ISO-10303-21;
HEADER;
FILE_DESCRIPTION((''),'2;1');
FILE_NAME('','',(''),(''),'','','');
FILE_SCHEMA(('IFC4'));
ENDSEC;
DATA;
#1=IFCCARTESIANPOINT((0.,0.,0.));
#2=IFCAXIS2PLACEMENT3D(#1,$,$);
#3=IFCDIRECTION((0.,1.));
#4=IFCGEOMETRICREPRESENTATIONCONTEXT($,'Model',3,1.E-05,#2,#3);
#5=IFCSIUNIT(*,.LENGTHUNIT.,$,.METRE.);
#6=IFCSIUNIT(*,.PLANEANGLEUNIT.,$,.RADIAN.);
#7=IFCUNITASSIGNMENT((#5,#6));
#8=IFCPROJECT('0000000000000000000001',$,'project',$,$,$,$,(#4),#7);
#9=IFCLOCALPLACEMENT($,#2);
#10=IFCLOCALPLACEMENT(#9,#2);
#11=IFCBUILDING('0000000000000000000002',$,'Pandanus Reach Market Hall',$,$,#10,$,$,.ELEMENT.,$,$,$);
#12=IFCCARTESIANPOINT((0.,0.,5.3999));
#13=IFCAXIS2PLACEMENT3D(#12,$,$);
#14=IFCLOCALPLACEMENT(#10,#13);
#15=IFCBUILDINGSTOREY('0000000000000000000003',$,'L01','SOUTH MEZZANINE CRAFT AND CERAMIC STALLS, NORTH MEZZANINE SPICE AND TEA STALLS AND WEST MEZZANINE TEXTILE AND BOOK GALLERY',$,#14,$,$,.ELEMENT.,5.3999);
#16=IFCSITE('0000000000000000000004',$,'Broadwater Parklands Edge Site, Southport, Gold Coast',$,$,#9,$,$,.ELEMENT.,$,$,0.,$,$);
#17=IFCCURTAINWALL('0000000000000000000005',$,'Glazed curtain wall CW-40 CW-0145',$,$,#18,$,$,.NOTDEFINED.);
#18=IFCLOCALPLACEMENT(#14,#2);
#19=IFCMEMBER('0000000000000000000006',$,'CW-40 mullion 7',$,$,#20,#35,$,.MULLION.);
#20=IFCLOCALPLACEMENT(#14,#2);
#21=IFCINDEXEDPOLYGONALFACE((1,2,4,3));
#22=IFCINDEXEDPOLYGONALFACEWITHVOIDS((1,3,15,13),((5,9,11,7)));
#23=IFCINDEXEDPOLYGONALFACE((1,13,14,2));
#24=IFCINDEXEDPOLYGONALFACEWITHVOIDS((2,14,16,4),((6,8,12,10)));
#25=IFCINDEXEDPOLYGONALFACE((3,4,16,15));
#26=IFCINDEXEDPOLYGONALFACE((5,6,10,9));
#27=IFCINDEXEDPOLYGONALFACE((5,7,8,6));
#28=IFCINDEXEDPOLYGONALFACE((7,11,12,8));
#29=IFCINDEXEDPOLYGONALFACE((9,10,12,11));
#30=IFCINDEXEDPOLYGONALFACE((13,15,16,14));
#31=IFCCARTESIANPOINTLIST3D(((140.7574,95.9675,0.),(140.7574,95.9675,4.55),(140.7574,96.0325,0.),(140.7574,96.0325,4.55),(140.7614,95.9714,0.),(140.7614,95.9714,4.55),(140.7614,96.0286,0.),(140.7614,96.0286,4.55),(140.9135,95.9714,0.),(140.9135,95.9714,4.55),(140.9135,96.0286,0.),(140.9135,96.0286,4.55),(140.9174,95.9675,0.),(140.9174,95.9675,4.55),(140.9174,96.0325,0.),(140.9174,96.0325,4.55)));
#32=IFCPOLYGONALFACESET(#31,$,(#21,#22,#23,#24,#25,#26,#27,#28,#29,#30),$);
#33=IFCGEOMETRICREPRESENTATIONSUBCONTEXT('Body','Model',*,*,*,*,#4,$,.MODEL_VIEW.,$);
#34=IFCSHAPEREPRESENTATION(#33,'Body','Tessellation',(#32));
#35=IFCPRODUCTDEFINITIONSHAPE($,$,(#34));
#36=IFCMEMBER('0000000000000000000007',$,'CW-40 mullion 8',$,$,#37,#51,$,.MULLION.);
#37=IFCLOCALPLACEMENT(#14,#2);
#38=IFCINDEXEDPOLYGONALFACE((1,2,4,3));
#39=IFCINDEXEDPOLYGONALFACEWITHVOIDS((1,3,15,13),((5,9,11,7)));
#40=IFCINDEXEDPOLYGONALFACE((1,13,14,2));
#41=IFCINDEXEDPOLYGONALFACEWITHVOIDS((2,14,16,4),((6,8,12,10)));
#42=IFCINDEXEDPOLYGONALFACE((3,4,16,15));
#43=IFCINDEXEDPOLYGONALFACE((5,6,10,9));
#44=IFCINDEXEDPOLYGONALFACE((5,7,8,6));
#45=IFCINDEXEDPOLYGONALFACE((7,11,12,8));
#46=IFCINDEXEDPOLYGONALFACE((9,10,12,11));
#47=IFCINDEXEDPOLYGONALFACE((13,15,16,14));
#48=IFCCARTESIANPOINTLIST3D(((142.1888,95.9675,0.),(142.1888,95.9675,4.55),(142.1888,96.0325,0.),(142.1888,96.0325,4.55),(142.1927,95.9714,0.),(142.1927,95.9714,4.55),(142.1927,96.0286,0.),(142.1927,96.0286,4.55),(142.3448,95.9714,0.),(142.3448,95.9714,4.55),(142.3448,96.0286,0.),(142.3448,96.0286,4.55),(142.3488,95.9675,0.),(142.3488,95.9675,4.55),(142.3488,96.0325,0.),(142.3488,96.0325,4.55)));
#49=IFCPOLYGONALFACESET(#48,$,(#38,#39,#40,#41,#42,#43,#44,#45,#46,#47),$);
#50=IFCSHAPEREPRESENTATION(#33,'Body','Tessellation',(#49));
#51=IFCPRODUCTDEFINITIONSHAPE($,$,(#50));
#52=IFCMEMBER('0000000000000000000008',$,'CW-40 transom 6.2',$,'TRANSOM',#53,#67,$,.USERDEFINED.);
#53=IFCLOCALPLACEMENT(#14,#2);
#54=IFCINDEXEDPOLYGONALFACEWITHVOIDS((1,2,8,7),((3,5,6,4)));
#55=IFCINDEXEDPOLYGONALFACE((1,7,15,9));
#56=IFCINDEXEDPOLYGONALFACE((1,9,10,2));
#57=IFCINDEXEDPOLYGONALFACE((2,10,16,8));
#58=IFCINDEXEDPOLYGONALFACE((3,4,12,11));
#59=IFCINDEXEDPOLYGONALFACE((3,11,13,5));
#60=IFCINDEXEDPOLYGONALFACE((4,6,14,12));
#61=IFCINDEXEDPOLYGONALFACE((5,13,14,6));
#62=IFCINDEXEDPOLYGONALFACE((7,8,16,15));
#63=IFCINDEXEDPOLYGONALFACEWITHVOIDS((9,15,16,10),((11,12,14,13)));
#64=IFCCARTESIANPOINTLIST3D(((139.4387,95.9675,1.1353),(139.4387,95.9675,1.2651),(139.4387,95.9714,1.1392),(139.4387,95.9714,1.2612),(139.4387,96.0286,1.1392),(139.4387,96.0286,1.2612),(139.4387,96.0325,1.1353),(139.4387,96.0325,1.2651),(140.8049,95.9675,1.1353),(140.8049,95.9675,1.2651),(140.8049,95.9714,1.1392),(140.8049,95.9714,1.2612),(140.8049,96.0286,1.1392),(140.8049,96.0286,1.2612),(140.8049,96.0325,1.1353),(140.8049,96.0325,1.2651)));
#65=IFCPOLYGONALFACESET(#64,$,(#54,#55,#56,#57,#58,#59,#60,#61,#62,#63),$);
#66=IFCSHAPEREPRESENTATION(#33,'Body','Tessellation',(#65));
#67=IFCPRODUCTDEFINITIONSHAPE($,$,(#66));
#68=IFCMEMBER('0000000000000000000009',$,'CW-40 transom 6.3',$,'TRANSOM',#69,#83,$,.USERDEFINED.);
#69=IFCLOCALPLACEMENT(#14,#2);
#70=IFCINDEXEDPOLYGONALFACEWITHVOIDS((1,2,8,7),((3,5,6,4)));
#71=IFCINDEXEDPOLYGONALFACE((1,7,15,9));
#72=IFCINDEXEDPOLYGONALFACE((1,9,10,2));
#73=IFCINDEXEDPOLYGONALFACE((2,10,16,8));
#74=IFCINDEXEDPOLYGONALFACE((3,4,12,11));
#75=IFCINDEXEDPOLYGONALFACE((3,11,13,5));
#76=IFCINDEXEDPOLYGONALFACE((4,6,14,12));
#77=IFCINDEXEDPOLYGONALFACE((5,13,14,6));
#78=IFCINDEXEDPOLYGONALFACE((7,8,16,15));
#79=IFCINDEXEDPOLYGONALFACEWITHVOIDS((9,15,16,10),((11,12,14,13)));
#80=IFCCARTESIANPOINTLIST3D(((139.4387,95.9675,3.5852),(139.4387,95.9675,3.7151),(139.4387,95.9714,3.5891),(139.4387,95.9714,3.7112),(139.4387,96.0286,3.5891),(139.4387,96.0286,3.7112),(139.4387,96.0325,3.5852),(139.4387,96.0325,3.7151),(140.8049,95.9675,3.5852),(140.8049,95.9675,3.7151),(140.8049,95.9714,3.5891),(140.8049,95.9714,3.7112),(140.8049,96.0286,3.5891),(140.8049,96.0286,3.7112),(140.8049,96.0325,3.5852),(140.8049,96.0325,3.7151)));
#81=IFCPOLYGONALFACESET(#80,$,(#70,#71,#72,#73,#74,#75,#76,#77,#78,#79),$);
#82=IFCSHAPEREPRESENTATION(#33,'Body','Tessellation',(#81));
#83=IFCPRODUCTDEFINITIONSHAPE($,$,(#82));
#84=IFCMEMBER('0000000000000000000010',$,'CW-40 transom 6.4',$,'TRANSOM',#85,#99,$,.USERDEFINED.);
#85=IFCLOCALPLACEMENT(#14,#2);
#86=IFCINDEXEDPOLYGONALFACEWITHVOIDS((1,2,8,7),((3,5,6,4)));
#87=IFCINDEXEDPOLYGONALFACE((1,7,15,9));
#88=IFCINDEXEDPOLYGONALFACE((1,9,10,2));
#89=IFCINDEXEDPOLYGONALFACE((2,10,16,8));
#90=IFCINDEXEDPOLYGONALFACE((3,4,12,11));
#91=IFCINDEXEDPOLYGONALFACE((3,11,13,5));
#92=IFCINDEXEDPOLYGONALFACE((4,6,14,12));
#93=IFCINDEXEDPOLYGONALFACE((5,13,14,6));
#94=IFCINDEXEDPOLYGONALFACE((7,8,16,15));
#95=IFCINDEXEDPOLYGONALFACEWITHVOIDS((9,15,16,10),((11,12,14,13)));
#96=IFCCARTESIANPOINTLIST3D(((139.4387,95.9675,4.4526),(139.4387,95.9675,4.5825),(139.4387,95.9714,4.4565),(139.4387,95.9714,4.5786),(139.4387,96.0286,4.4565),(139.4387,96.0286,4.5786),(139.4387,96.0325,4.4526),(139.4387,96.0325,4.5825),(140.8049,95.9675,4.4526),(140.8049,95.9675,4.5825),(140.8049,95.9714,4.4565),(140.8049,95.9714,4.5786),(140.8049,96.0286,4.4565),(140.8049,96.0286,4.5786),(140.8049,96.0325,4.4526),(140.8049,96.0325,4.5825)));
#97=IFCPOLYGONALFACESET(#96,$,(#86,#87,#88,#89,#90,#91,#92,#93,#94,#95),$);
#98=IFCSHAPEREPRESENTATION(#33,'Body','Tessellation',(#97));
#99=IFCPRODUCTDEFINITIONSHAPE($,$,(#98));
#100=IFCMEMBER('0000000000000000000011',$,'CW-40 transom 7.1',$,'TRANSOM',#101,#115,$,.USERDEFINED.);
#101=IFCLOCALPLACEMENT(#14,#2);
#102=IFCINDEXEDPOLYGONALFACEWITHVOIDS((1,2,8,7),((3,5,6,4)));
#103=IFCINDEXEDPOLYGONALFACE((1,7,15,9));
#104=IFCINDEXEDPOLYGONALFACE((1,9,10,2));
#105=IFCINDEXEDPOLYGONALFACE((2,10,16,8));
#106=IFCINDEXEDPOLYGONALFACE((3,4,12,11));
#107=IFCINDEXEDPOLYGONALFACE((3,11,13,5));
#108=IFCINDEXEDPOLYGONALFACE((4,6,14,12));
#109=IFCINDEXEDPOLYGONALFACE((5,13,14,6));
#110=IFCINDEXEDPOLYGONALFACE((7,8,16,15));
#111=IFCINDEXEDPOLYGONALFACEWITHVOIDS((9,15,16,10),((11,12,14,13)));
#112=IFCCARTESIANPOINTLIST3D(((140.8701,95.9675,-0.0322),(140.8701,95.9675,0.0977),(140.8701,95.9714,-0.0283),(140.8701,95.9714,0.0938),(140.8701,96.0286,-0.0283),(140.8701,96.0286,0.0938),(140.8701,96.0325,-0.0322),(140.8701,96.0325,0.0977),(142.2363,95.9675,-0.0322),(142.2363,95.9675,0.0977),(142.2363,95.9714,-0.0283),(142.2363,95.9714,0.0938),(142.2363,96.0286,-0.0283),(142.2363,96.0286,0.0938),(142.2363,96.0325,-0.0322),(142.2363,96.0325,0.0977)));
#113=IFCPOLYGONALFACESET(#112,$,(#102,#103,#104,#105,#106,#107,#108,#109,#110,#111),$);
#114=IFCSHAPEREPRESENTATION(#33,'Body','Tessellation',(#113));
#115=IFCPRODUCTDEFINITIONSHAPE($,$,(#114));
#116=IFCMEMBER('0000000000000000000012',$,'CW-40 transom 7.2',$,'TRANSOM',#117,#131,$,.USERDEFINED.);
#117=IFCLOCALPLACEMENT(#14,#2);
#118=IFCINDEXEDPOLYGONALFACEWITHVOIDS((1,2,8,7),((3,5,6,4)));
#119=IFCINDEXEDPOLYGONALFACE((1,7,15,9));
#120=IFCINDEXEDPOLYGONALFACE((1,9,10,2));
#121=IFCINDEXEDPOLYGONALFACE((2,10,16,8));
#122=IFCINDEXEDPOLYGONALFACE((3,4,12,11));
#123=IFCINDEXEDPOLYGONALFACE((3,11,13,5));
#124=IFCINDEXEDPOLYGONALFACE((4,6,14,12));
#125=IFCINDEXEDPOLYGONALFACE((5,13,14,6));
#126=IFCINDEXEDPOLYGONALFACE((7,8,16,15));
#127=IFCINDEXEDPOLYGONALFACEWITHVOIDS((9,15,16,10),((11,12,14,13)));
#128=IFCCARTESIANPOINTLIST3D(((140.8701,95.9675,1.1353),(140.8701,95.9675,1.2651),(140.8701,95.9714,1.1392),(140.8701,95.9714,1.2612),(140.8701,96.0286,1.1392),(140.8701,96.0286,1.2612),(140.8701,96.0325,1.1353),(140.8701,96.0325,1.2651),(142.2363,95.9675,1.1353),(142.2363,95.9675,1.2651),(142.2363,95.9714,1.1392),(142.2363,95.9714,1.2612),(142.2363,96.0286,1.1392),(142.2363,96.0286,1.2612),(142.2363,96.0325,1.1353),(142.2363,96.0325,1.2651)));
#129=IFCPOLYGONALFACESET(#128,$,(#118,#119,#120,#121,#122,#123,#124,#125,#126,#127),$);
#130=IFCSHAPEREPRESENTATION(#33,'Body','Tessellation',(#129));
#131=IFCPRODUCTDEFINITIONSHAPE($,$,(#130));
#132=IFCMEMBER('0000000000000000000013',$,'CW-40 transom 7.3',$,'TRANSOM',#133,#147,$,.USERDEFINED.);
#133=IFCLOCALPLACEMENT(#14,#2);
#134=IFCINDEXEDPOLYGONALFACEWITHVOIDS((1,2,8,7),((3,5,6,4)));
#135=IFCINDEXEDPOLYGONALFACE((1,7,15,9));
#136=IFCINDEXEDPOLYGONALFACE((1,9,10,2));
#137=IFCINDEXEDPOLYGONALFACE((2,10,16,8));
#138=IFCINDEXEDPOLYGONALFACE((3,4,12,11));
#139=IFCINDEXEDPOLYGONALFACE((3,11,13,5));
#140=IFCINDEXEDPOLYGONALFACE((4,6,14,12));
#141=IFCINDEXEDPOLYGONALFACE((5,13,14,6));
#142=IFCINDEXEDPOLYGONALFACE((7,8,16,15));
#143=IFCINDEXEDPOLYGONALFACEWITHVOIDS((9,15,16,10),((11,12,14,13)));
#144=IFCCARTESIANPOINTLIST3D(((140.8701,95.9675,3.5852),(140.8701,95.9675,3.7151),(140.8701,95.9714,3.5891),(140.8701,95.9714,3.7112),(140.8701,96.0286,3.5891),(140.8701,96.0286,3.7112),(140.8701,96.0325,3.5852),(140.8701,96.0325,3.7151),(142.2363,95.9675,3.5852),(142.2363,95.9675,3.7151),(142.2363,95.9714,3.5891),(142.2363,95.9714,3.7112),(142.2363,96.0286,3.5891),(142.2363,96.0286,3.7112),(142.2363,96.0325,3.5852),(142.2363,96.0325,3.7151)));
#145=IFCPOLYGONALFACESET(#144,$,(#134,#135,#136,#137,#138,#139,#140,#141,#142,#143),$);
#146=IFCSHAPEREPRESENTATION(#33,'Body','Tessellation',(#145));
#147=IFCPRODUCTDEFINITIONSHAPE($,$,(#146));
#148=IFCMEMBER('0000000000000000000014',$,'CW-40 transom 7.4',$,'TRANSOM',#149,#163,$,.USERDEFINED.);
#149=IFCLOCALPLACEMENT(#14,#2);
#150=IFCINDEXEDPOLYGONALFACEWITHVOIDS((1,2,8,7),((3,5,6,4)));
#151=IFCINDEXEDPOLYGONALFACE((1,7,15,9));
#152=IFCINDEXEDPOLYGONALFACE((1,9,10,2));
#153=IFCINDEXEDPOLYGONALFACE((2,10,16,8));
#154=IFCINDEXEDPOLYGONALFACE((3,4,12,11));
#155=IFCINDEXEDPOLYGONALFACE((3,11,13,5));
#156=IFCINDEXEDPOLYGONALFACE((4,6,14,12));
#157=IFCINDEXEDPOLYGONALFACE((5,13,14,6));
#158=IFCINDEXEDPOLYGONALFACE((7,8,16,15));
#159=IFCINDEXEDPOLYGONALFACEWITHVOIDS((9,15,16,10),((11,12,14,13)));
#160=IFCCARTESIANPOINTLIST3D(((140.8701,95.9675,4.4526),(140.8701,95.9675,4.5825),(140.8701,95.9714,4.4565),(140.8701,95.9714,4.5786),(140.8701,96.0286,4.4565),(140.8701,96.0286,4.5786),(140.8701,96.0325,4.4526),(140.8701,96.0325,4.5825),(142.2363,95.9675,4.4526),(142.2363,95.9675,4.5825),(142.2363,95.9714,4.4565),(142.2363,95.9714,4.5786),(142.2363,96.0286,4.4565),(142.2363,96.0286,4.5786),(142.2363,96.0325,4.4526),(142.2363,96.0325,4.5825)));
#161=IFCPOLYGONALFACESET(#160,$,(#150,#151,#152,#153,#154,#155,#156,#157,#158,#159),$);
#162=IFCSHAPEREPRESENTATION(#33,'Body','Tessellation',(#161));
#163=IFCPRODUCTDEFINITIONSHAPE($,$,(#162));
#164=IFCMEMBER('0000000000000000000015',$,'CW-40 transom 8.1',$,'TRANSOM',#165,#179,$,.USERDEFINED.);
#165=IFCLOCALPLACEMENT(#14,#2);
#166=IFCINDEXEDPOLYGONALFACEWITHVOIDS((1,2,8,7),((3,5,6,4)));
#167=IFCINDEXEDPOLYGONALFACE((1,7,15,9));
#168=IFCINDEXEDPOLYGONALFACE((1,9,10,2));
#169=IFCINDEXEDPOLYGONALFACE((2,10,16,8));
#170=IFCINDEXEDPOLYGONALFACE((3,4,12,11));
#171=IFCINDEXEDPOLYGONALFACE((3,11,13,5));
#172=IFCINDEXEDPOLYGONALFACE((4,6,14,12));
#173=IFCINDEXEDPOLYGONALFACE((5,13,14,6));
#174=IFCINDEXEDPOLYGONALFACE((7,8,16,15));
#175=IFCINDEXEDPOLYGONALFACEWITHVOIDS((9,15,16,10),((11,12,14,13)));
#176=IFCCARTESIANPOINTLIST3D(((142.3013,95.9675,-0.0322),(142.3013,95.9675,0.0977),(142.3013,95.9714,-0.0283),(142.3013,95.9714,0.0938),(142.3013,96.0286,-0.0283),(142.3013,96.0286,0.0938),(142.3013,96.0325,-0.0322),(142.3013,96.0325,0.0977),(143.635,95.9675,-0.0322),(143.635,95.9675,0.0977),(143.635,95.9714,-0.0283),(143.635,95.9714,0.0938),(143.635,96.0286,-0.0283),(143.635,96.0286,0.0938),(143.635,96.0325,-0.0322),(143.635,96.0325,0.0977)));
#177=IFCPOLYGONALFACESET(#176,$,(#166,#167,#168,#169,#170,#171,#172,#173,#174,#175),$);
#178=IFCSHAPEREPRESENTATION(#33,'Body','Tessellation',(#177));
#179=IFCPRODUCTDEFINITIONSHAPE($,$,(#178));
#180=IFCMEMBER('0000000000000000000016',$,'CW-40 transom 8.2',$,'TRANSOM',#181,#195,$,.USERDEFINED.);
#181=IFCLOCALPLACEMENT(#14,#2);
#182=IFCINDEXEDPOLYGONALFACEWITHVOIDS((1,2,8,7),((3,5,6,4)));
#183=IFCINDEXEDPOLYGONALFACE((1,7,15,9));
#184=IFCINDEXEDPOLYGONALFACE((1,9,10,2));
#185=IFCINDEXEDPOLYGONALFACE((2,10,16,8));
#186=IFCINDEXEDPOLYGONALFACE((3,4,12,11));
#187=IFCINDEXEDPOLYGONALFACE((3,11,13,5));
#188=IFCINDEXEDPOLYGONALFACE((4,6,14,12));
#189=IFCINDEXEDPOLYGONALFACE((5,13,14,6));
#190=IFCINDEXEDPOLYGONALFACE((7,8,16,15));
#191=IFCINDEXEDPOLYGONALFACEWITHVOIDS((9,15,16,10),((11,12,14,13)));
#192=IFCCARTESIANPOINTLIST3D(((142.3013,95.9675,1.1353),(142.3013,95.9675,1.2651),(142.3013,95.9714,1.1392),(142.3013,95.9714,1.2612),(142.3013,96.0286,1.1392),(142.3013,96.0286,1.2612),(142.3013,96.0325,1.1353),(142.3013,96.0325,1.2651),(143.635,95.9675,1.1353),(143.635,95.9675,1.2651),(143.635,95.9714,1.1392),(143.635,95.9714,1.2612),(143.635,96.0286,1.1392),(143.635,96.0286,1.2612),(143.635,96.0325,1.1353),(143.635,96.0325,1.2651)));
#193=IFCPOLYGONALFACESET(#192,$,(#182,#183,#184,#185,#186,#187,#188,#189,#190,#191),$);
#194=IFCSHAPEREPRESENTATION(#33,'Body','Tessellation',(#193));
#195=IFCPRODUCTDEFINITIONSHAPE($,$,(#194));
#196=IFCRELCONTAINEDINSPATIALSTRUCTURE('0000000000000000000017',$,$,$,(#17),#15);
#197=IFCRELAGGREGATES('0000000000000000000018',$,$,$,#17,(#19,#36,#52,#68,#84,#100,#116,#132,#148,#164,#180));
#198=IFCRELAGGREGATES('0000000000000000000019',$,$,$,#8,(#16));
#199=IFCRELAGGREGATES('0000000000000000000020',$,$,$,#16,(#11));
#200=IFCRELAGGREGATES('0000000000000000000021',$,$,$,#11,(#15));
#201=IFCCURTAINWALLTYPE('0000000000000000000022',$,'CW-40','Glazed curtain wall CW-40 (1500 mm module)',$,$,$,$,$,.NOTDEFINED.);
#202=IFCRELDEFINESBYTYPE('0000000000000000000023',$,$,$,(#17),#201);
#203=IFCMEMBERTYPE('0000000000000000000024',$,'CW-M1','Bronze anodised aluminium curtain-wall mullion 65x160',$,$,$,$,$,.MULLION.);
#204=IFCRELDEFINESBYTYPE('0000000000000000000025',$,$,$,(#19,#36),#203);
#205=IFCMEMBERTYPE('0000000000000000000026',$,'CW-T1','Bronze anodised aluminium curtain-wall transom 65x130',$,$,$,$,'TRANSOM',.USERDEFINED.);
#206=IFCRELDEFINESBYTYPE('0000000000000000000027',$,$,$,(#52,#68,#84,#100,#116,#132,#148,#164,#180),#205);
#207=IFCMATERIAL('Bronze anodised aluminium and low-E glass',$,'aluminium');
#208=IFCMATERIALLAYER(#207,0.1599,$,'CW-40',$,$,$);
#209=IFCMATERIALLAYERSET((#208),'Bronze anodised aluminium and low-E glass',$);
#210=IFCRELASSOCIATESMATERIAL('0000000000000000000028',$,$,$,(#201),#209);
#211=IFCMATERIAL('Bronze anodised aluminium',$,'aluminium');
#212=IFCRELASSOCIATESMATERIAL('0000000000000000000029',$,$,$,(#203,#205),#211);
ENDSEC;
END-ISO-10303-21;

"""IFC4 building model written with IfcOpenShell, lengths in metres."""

from ifc_helpers import new_model, si_unit, direction, frame, origin, origin_2d, place, context, subcontext, project, spatial, hollow_rectangle, extrude, material, layer, layer_set, material_profile, profile_set, type_object, element, aggregate, save


model = new_model("IFC4")

# Units and contexts
model_context = context("Model", 3, precision=1e-05, world=origin(), true_north=direction((0.0, 1.0)))
body_context = subcontext(model_context, "Body", "Model", "MODEL_VIEW")
ifc_project = project(units=[si_unit("LENGTHUNIT", "METRE"), si_unit("PLANEANGLEUNIT", "RADIAN")], contexts=[model_context])

# Site, building, storey
site_placement = place(None, origin())
site = spatial("IfcSite", under=ifc_project, at=site_placement, Name="Broadwater Parklands Edge Site, Southport, Gold Coast", CompositionType="ELEMENT", RefElevation=0.0)
building_placement = place(site_placement, origin())
building = spatial("IfcBuilding", under=site, at=building_placement, Name="Pandanus Reach Market Hall", CompositionType="ELEMENT")
storey_placement = place(building_placement, frame((0.0, 0.0, 5.3999)))
storey = spatial("IfcBuildingStorey", under=building, at=storey_placement, Name="L01", Description="SOUTH MEZZANINE CRAFT AND CERAMIC STALLS, NORTH MEZZANINE SPICE AND TEA STALLS AND WEST MEZZANINE TEXTILE AND BOOK GALLERY", CompositionType="ELEMENT", Elevation=5.3999)

# Curtain wall, members
ifc_material_1 = material(Name="Bronze anodised aluminium and low-E glass", Category="aluminium")
ifc_layer_1 = layer(ifc_material_1, 0.1599, Name="CW-40")
ifc_layer_set_1 = layer_set([ifc_layer_1], Name="Bronze anodised aluminium and low-E glass")
curtain_wall_type = type_object("IfcCurtainWallType", Name="CW-40", Description="Glazed curtain wall CW-40 (1500 mm module)", PredefinedType="NOTDEFINED", material=ifc_layer_set_1)
curtain_wall_placement = place(storey_placement, origin())
curtain_wall = element("IfcCurtainWall", 1, at=curtain_wall_placement, inside=storey, type_object=curtain_wall_type, Name="Glazed curtain wall CW-40 CW-0145", PredefinedType="NOTDEFINED")
ifc_material_2 = material(Name="Bronze anodised aluminium", Category="aluminium")
ifc_material_profile_1 = material_profile(ifc_material_2, hollow_rectangle(XDim=0.0649, YDim=0.1599, WallThickness=0.0039, at=origin_2d()), Name="ALU65x160", Category="LoadBearing")
ifc_profile_set_1 = profile_set([ifc_material_profile_1], Name="Bronze anodised aluminium")
member_type_1 = type_object("IfcMemberType", Name="CW-M1", Description="Bronze anodised aluminium curtain-wall mullion 65x160", PredefinedType="MULLION", material=ifc_profile_set_1)
member_1_placement = place(storey_placement, frame((140.8374, 96.0, 0.0), z_axis=(0.0, 0.0, 1.0), x_axis=(0.0, 1.0, 0.0)))
member_1 = element("IfcMember", 2, at=member_1_placement, type_object=member_type_1, Name="CW-40 mullion 7", PredefinedType="MULLION", context=body_context, shape_type="SweptSolid", body=[
    extrude(hollow_rectangle(XDim=0.0649, YDim=0.1599, WallThickness=0.0039, at=origin_2d()), origin(), (0.0, 0.0, 1.0), 4.55),
])
member_2_placement = place(storey_placement, frame((142.2688, 96.0, 0.0), z_axis=(0.0, 0.0, 1.0), x_axis=(0.0, 1.0, 0.0)))
member_2 = element("IfcMember", 3, at=member_2_placement, type_object=member_type_1, Name="CW-40 mullion 8", PredefinedType="MULLION", context=body_context, shape_type="SweptSolid", body=[
    extrude(hollow_rectangle(XDim=0.0649, YDim=0.1599, WallThickness=0.0039, at=origin_2d()), origin(), (0.0, 0.0, 1.0), 4.55),
])
ifc_material_profile_2 = material_profile(ifc_material_2, hollow_rectangle(XDim=0.0649, YDim=0.1299, WallThickness=0.0039, at=origin_2d()), Name="ALU65x130", Category="LoadBearing")
ifc_profile_set_2 = profile_set([ifc_material_profile_2], Name="Bronze anodised aluminium")
member_type_2 = type_object("IfcMemberType", Name="CW-T1", Description="Bronze anodised aluminium curtain-wall transom 65x130", ElementType="TRANSOM", PredefinedType="USERDEFINED", material=ifc_profile_set_2)
member_3_placement = place(storey_placement, frame((139.4387, 96.0, 1.2002), z_axis=(1.0, 0.0, 0.0), x_axis=(0.0, 1.0, 0.0)))
member_3 = element("IfcMember", 4, at=member_3_placement, type_object=member_type_2, Name="CW-40 transom 6.2", ObjectType="TRANSOM", PredefinedType="USERDEFINED", context=body_context, shape_type="SweptSolid", body=[
    extrude(hollow_rectangle(XDim=0.0649, YDim=0.1299, WallThickness=0.0039, at=origin_2d()), origin(), (0.0, 0.0, 1.0), 1.3662),
])
member_4_placement = place(storey_placement, frame((139.4387, 96.0, 3.6501), z_axis=(1.0, 0.0, 0.0), x_axis=(0.0, 1.0, 0.0)))
member_4 = element("IfcMember", 5, at=member_4_placement, type_object=member_type_2, Name="CW-40 transom 6.3", ObjectType="TRANSOM", PredefinedType="USERDEFINED", context=body_context, shape_type="SweptSolid", body=[
    extrude(hollow_rectangle(XDim=0.0649, YDim=0.1299, WallThickness=0.0039, at=origin_2d()), origin(), (0.0, 0.0, 1.0), 1.3662),
])
member_5_placement = place(storey_placement, frame((139.4387, 96.0, 4.5176), z_axis=(1.0, 0.0, 0.0), x_axis=(0.0, 1.0, 0.0)))
member_5 = element("IfcMember", 6, at=member_5_placement, type_object=member_type_2, Name="CW-40 transom 6.4", ObjectType="TRANSOM", PredefinedType="USERDEFINED", context=body_context, shape_type="SweptSolid", body=[
    extrude(hollow_rectangle(XDim=0.0649, YDim=0.1299, WallThickness=0.0039, at=origin_2d()), origin(), (0.0, 0.0, 1.0), 1.3662),
])
member_6_placement = place(storey_placement, frame((140.8701, 96.0, 0.0327), z_axis=(1.0, 0.0, 0.0), x_axis=(0.0, 1.0, 0.0)))
member_6 = element("IfcMember", 7, at=member_6_placement, type_object=member_type_2, Name="CW-40 transom 7.1", ObjectType="TRANSOM", PredefinedType="USERDEFINED", context=body_context, shape_type="SweptSolid", body=[
    extrude(hollow_rectangle(XDim=0.0649, YDim=0.1299, WallThickness=0.0039, at=origin_2d()), origin(), (0.0, 0.0, 1.0), 1.3662),
])
member_7_placement = place(storey_placement, frame((140.8701, 96.0, 1.2002), z_axis=(1.0, 0.0, 0.0), x_axis=(0.0, 1.0, 0.0)))
member_7 = element("IfcMember", 8, at=member_7_placement, type_object=member_type_2, Name="CW-40 transom 7.2", ObjectType="TRANSOM", PredefinedType="USERDEFINED", context=body_context, shape_type="SweptSolid", body=[
    extrude(hollow_rectangle(XDim=0.0649, YDim=0.1299, WallThickness=0.0039, at=origin_2d()), origin(), (0.0, 0.0, 1.0), 1.3662),
])
member_8_placement = place(storey_placement, frame((140.8701, 96.0, 3.6501), z_axis=(1.0, 0.0, 0.0), x_axis=(0.0, 1.0, 0.0)))
member_8 = element("IfcMember", 9, at=member_8_placement, type_object=member_type_2, Name="CW-40 transom 7.3", ObjectType="TRANSOM", PredefinedType="USERDEFINED", context=body_context, shape_type="SweptSolid", body=[
    extrude(hollow_rectangle(XDim=0.0649, YDim=0.1299, WallThickness=0.0039, at=origin_2d()), origin(), (0.0, 0.0, 1.0), 1.3662),
])
member_9_placement = place(storey_placement, frame((140.8701, 96.0, 4.5176), z_axis=(1.0, 0.0, 0.0), x_axis=(0.0, 1.0, 0.0)))
member_9 = element("IfcMember", 10, at=member_9_placement, type_object=member_type_2, Name="CW-40 transom 7.4", ObjectType="TRANSOM", PredefinedType="USERDEFINED", context=body_context, shape_type="SweptSolid", body=[
    extrude(hollow_rectangle(XDim=0.0649, YDim=0.1299, WallThickness=0.0039, at=origin_2d()), origin(), (0.0, 0.0, 1.0), 1.3662),
])
member_10_placement = place(storey_placement, frame((142.3013, 96.0, 0.0327), z_axis=(1.0, 0.0, 0.0), x_axis=(0.0, 1.0, 0.0)))
member_10 = element("IfcMember", 11, at=member_10_placement, type_object=member_type_2, Name="CW-40 transom 8.1", ObjectType="TRANSOM", PredefinedType="USERDEFINED", context=body_context, shape_type="SweptSolid", body=[
    extrude(hollow_rectangle(XDim=0.0649, YDim=0.1299, WallThickness=0.0039, at=origin_2d()), origin(), (0.0, 0.0, 1.0), 1.3337),
])
member_11_placement = place(storey_placement, frame((142.3013, 96.0, 1.2002), z_axis=(1.0, 0.0, 0.0), x_axis=(0.0, 1.0, 0.0)))
member_11 = element("IfcMember", 12, at=member_11_placement, type_object=member_type_2, Name="CW-40 transom 8.2", ObjectType="TRANSOM", PredefinedType="USERDEFINED", context=body_context, shape_type="SweptSolid", body=[
    extrude(hollow_rectangle(XDim=0.0649, YDim=0.1299, WallThickness=0.0039, at=origin_2d()), origin(), (0.0, 0.0, 1.0), 1.3337),
])
aggregate(curtain_wall, [member_1, member_2, member_3, member_4, member_5, member_6, member_7, member_8, member_9, member_10, member_11])

save(model, "model.ifc")
